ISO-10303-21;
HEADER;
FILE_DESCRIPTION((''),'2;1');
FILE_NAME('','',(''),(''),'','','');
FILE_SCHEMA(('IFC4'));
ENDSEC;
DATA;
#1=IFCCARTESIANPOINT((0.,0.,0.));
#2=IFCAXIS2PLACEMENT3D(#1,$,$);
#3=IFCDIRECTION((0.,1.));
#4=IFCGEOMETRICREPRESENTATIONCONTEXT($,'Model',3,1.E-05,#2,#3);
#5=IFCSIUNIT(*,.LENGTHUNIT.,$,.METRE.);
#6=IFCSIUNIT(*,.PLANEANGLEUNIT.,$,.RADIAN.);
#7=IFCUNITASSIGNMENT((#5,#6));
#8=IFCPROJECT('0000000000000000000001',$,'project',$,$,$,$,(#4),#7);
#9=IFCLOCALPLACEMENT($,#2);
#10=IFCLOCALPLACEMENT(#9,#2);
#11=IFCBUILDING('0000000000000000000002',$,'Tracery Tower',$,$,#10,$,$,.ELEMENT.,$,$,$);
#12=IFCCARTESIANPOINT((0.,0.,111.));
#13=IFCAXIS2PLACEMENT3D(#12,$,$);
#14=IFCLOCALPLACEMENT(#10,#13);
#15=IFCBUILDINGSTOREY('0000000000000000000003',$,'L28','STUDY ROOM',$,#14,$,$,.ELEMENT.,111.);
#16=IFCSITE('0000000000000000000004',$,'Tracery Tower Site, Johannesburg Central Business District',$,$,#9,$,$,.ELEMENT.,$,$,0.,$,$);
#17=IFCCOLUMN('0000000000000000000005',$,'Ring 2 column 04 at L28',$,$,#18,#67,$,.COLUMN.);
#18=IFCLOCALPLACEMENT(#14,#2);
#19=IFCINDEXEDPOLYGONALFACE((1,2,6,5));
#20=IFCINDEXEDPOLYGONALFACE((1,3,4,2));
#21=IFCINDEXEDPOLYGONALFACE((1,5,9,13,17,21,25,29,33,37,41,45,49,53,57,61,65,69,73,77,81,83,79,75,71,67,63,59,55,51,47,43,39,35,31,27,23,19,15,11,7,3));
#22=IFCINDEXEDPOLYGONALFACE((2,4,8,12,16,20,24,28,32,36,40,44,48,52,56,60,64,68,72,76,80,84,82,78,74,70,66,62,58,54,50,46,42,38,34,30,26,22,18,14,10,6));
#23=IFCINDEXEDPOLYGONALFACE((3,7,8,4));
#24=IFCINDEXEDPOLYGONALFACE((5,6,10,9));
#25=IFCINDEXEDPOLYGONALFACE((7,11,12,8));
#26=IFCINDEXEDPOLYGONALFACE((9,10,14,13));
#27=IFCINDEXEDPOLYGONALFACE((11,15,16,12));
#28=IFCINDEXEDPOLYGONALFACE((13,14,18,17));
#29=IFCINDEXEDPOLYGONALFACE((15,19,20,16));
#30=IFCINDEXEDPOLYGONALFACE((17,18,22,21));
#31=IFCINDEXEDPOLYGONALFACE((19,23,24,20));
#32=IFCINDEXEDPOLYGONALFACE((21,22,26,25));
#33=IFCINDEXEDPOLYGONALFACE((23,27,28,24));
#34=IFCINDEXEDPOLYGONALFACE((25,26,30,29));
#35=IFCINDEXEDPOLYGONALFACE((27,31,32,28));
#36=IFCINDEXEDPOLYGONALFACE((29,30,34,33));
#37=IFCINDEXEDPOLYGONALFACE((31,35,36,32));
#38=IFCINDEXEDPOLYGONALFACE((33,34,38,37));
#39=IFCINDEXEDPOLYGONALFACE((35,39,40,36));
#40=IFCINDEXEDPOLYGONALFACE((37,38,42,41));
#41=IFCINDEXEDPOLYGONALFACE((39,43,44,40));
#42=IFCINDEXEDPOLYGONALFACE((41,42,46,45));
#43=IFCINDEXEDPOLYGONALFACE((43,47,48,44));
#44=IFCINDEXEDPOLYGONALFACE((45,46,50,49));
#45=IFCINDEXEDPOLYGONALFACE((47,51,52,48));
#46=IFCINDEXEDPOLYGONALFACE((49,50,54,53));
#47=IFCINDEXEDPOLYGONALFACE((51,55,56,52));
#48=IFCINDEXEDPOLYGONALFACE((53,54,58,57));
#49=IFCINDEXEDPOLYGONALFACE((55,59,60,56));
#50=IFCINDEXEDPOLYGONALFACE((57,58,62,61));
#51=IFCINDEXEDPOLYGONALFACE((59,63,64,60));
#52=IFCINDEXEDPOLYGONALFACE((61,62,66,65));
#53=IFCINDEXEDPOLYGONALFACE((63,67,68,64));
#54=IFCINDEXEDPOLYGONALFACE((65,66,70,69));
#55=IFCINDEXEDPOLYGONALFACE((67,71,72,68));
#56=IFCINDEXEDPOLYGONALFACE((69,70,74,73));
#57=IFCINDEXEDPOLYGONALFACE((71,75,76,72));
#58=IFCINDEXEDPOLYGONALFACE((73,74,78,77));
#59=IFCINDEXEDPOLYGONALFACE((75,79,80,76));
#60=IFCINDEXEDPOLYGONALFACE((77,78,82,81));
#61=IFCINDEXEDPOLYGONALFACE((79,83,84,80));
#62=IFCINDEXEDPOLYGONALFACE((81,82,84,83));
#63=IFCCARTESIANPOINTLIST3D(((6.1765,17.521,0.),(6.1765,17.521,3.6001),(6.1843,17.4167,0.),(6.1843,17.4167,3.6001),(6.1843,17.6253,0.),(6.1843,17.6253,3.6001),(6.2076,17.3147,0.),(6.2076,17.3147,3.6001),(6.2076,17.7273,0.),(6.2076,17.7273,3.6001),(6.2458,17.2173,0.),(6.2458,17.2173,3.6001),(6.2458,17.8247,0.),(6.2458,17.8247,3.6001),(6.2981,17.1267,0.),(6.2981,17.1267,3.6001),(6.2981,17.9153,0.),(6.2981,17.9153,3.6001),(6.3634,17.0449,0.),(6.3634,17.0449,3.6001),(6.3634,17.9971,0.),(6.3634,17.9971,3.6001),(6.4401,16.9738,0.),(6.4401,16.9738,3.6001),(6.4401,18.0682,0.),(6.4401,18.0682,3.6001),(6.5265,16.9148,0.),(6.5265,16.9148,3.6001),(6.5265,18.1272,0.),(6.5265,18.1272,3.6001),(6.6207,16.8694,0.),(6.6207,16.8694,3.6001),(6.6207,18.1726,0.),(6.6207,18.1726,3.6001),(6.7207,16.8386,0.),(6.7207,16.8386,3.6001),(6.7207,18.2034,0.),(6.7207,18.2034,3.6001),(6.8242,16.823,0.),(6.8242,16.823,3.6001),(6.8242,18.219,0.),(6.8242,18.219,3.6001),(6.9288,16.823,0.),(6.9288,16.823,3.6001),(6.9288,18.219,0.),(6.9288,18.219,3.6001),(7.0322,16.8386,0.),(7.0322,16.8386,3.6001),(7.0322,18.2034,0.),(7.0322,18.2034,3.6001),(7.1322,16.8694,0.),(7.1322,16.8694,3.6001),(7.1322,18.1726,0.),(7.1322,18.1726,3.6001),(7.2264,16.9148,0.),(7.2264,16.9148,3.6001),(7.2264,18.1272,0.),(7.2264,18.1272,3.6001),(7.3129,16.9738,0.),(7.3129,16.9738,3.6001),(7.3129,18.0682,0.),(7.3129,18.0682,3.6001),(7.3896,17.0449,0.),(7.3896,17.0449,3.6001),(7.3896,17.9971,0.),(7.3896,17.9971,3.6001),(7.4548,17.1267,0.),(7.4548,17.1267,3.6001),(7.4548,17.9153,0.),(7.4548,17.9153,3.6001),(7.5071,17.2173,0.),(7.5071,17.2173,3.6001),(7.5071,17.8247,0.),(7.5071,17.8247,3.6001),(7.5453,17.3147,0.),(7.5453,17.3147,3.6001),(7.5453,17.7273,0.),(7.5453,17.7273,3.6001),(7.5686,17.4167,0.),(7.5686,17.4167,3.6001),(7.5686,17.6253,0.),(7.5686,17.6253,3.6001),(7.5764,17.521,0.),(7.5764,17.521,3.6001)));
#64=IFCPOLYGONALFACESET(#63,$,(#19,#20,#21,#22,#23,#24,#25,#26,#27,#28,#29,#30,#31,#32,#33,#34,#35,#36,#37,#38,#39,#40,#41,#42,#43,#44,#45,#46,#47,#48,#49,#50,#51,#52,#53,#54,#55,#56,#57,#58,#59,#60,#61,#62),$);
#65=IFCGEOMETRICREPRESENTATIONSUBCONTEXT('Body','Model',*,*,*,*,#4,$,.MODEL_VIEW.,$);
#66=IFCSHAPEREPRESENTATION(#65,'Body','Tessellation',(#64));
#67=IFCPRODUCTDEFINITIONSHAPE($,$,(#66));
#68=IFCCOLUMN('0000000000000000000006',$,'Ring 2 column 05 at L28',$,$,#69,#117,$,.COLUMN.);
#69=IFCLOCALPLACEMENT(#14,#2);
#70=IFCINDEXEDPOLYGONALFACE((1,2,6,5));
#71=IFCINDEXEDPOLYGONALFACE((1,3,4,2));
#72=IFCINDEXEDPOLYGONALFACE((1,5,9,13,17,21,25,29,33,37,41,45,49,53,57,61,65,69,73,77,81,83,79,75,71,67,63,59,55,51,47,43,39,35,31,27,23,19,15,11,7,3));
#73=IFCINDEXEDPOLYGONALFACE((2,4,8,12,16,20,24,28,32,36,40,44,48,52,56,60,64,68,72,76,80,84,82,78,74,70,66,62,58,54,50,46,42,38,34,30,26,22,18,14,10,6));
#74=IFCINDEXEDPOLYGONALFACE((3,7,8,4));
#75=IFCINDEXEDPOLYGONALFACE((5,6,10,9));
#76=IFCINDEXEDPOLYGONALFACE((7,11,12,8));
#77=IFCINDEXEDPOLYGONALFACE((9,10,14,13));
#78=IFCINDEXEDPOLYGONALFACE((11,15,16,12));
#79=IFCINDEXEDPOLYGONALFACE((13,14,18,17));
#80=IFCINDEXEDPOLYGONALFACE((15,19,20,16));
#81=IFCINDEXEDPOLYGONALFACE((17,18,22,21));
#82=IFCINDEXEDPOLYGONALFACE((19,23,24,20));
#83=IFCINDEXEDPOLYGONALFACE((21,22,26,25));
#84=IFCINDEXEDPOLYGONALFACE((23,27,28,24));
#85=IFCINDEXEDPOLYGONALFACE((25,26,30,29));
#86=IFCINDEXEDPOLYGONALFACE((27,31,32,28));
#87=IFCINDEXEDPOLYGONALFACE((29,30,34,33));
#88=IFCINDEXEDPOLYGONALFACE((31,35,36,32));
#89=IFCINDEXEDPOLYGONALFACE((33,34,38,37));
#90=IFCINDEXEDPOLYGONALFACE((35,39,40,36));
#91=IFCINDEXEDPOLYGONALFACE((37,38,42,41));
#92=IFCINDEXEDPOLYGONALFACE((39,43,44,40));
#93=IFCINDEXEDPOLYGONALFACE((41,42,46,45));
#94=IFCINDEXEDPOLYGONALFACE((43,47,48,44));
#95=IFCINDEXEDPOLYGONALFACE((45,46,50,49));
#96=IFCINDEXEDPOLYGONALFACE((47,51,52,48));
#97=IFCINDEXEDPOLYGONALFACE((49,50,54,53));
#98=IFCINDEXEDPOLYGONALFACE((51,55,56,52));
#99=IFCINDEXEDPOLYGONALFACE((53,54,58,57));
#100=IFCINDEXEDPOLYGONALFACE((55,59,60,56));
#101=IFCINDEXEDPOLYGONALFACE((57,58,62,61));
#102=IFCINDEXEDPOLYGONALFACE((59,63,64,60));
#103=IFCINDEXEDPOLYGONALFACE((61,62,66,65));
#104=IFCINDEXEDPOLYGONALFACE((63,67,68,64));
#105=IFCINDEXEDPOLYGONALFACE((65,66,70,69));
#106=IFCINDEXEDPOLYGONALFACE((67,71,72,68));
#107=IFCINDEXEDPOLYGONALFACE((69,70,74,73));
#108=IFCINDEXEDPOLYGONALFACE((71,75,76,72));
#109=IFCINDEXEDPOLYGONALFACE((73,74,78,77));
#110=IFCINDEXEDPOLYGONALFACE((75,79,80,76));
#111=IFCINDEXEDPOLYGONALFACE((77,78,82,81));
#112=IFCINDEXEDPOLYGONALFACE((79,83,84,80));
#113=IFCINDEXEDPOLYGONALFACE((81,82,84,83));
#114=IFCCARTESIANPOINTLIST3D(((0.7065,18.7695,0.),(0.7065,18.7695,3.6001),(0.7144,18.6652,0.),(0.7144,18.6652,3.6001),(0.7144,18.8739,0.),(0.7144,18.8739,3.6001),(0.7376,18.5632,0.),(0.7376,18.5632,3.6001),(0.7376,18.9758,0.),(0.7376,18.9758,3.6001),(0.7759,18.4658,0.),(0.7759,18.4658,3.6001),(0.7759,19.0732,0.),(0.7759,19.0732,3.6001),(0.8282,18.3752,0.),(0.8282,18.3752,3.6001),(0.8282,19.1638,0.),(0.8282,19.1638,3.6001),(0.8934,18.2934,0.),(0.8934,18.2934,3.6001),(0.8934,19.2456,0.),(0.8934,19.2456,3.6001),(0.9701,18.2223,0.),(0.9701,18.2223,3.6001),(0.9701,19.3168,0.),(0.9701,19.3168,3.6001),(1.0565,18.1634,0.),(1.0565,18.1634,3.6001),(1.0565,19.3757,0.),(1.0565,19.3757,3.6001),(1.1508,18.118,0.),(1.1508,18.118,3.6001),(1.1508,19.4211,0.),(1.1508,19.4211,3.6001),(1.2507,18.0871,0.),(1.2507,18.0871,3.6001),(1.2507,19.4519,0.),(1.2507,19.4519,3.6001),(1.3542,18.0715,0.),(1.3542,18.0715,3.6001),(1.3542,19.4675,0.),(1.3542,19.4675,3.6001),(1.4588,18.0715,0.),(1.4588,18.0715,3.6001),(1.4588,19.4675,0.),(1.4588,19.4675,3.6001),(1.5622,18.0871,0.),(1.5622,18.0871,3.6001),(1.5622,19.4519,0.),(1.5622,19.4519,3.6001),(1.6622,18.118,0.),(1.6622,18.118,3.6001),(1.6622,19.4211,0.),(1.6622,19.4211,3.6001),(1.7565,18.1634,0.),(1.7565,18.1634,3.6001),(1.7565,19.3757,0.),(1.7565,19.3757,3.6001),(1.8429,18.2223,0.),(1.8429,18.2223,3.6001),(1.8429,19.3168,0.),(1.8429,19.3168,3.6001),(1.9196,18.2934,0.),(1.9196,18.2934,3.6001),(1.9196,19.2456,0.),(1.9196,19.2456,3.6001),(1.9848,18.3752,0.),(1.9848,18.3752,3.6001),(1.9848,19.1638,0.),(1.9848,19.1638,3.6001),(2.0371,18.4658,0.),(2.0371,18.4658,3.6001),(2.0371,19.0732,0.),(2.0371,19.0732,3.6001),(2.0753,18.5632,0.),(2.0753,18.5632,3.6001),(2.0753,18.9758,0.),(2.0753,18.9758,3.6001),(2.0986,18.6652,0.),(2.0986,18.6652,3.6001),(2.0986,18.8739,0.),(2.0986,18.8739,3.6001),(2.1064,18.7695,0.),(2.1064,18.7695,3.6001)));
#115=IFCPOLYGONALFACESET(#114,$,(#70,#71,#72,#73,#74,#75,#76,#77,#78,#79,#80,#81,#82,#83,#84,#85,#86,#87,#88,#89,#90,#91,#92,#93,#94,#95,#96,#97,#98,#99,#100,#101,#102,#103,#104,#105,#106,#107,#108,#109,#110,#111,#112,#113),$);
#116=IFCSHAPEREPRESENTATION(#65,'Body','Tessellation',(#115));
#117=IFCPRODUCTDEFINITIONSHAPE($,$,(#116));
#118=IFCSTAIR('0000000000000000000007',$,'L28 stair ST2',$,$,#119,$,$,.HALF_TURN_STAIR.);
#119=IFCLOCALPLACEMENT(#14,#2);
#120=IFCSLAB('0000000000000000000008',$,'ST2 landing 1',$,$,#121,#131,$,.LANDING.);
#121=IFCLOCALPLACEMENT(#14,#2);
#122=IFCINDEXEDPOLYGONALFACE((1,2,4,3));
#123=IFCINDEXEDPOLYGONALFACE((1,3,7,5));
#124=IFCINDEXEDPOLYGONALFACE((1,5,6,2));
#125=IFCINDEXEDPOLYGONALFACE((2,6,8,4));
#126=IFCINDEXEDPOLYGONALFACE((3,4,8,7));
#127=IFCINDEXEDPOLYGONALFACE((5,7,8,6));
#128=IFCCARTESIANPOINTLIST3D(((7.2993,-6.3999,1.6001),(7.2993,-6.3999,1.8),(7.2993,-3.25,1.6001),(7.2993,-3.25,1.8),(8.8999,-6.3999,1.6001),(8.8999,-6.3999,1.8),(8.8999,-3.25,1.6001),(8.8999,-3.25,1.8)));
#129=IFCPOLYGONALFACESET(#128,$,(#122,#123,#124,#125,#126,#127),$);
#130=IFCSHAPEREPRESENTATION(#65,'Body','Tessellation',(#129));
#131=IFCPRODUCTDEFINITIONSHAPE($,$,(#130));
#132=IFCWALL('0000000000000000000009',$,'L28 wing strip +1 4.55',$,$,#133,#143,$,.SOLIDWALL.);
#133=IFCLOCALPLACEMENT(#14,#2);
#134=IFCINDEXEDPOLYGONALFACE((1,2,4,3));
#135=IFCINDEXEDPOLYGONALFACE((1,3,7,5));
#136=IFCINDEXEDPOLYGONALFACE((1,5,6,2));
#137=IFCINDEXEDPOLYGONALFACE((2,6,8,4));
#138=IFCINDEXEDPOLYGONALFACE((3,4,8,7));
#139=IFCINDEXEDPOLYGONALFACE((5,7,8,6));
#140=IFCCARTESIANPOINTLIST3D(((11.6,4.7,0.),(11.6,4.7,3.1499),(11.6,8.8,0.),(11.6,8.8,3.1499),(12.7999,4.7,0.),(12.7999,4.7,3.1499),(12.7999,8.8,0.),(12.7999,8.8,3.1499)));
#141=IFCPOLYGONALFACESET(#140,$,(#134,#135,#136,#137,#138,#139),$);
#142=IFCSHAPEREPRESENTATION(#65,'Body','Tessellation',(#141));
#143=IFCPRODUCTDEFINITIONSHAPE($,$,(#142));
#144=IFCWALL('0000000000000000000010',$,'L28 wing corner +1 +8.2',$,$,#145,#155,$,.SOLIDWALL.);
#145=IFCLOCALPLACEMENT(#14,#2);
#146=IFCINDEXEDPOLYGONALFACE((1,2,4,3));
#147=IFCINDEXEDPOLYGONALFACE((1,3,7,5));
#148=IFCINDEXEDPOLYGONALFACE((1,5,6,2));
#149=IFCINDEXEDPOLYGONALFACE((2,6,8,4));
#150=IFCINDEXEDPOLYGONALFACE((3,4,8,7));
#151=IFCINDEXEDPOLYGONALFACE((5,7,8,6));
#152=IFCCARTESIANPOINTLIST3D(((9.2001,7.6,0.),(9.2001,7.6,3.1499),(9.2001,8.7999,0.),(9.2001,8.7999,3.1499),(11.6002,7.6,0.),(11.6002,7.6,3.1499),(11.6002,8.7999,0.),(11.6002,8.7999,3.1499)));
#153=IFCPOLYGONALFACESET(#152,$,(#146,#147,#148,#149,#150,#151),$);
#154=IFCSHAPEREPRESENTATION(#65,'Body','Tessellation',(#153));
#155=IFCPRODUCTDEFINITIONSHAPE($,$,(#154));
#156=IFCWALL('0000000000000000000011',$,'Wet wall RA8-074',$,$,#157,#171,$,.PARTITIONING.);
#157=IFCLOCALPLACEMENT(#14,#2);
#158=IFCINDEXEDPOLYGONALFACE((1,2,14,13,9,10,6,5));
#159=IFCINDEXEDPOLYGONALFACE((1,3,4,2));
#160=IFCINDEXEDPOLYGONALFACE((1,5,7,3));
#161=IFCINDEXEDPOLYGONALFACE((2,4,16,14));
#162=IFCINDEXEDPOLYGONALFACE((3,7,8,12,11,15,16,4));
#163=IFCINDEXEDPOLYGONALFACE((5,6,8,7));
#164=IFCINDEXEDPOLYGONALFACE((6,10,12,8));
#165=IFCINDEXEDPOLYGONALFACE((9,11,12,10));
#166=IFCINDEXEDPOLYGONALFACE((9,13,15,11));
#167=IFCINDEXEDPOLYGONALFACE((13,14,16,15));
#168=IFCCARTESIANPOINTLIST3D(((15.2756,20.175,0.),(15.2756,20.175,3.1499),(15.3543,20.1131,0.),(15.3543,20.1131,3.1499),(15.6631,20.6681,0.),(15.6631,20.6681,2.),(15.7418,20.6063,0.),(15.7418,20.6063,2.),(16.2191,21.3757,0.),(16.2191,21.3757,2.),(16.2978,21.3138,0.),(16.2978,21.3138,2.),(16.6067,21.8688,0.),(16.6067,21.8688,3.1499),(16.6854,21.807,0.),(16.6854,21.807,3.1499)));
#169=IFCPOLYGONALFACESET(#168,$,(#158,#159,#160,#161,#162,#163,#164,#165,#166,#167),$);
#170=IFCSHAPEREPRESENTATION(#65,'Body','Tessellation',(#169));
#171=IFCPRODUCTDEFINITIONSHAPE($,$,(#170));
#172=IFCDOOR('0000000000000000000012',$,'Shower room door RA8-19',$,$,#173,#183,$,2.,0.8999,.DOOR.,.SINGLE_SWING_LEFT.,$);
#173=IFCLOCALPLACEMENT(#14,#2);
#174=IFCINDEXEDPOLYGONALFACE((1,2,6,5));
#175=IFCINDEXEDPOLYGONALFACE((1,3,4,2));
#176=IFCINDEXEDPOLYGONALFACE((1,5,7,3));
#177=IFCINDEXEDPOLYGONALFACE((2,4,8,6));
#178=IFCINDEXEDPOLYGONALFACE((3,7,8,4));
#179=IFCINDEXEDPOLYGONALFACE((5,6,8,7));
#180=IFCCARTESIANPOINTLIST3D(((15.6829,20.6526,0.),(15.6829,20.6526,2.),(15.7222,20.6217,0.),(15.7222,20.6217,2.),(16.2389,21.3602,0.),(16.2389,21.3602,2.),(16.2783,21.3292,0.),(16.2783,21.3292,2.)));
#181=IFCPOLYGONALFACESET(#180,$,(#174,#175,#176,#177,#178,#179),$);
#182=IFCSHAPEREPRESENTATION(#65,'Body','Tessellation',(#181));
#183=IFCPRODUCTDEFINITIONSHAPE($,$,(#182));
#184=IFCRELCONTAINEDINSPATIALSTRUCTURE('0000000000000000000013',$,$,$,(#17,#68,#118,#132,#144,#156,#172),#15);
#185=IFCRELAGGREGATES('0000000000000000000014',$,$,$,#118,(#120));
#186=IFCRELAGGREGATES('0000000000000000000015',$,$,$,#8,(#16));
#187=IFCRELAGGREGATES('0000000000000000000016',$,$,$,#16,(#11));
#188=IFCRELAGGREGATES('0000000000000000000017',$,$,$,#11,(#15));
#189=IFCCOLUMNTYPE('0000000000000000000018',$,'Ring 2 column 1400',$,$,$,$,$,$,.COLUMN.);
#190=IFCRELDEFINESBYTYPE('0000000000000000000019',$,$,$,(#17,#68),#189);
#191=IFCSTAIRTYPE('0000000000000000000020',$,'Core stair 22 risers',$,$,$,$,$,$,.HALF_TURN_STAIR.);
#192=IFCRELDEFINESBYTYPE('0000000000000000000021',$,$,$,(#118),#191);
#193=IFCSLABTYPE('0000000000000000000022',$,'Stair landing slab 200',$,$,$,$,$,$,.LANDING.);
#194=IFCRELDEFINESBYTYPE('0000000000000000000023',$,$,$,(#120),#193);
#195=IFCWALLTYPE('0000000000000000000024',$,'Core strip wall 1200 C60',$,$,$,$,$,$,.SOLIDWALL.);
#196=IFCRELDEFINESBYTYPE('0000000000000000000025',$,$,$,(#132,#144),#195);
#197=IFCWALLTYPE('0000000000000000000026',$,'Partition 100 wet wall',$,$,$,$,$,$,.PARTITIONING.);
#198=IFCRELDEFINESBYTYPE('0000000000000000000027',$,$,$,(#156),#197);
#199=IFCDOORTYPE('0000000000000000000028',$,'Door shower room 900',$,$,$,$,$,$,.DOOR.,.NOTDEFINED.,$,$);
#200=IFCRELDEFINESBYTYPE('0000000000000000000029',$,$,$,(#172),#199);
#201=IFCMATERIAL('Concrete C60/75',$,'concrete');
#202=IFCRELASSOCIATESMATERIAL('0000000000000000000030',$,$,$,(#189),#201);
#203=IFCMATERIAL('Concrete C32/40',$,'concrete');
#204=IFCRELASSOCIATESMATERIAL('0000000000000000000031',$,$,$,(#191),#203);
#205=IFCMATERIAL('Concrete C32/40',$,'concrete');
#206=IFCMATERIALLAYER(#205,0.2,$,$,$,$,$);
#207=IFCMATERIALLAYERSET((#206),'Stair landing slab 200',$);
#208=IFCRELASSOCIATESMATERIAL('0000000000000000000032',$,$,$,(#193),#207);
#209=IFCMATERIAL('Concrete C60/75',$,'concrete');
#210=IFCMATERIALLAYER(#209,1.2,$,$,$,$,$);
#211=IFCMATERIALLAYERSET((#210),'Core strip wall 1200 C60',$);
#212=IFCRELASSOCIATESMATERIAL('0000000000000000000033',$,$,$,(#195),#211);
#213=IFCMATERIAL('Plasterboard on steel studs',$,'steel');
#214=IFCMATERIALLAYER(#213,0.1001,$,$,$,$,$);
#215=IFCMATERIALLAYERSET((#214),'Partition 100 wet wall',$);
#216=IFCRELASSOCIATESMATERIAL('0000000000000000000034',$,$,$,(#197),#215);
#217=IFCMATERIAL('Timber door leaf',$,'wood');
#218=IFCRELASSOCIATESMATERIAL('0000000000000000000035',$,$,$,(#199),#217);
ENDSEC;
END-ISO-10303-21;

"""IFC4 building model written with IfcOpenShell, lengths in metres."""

from ifc_helpers import new_model, si_unit, direction, frame, frame_2d, origin, origin_2d, place, context, subcontext, project, spatial, polyline, rectangle, circle, outline, extrude, material, layer, layer_set, material_profile, profile_set, type_object, element, fill, aggregate, save


model = new_model("IFC4")

# Units and contexts
model_context = context("Model", 3, precision=1e-05, world=origin(), true_north=direction((0.0, 1.0)))
body_context = subcontext(model_context, "Body", "Model", "MODEL_VIEW")
ifc_project = project(units=[si_unit("LENGTHUNIT", "METRE"), si_unit("PLANEANGLEUNIT", "RADIAN")], contexts=[model_context])

# Site, building, storey
site_placement = place(None, origin())
site = spatial("IfcSite", under=ifc_project, at=site_placement, Name="Tracery Tower Site, Johannesburg Central Business District", CompositionType="ELEMENT", RefElevation=0.0)
building_placement = place(site_placement, origin())
building = spatial("IfcBuilding", under=site, at=building_placement, Name="Tracery Tower", CompositionType="ELEMENT")
storey_placement = place(building_placement, frame((0.0, 0.0, 111.0)))
storey = spatial("IfcBuildingStorey", under=building, at=storey_placement, Name="L28", Description="STUDY ROOM", CompositionType="ELEMENT", Elevation=111.0)

# Columns
ifc_material_1 = material(Name="Concrete C60/75", Category="concrete")
ifc_material_profile_1 = material_profile(ifc_material_1, circle(Radius=0.7, at=origin_2d()), Name="RC D1400")
ifc_profile_set_1 = profile_set([ifc_material_profile_1], Name="Concrete C60/75")
column_type_1 = type_object("IfcColumnType", Name="Ring 2 column 1400", PredefinedType="COLUMN", material=ifc_profile_set_1)
for number, where, z_axis, x_axis, name in (
    (1, (6.8765, 17.521, 0.0), (0.0, 0.0, 1.0), (1.0, 0.0, 0.0), "Ring 2 column 04 at L28"),
    (2, (1.4065, 18.7695, 0.0), (0.0, 0.0, 1.0), (1.0, 0.0, 0.0), "Ring 2 column 05 at L28"),
):
    element("IfcColumn", number, at=place(storey_placement, frame(where, z_axis=z_axis, x_axis=x_axis)), inside=storey, type_object=column_type_1, Name=name, PredefinedType="COLUMN", context=body_context, shape_type="SweptSolid", body=[
        extrude(circle(Radius=0.7, at=origin_2d()), origin(), (0.0, 0.0, 1.0), 3.6001),
    ])

# Stair, slab
ifc_material_2 = material(Name="Concrete C32/40", Category="concrete")
stair_type = type_object("IfcStairType", Name="Core stair 22 risers", PredefinedType="HALF_TURN_STAIR", material=ifc_material_2)
stair_placement = place(storey_placement, origin())
stair = element("IfcStair", 3, at=stair_placement, inside=storey, type_object=stair_type, Name="L28 stair ST2", PredefinedType="HALF_TURN_STAIR")
ifc_material_3 = material(Name="Concrete C32/40", Category="concrete")
ifc_layer_1 = layer(ifc_material_3, 0.2)
ifc_layer_set_1 = layer_set([ifc_layer_1], Name="Stair landing slab 200")
slab_type = type_object("IfcSlabType", Name="Stair landing slab 200", PredefinedType="LANDING", material=ifc_layer_set_1)
slab_placement = place(storey_placement, frame((0.0, 0.0, 1.6001)))
slab = element("IfcSlab", 4, at=slab_placement, type_object=slab_type, Name="ST2 landing 1", PredefinedType="LANDING", context=body_context, shape_type="SweptSolid", body=[
    extrude(outline(polyline([(7.2993, -6.3999), (8.8999, -6.3999), (8.8999, -3.25), (7.2993, -3.25), (7.2993, -6.3999)])), origin(), (0.0, 0.0, 1.0), 0.2),
])
aggregate(stair, [slab])

# Walls
ifc_material_4 = material(Name="Concrete C60/75", Category="concrete")
ifc_layer_2 = layer(ifc_material_4, 1.2)
ifc_layer_set_2 = layer_set([ifc_layer_2], Name="Core strip wall 1200 C60")
wall_type_1 = type_object("IfcWallType", Name="Core strip wall 1200 C60", PredefinedType="SOLIDWALL", material=ifc_layer_set_2)
wall_1_placement = place(storey_placement, frame((12.2, 4.7, 0.0), z_axis=(0.0, 0.0, 1.0), x_axis=(0.0, 1.0, 0.0)))
element("IfcWall", 5, at=wall_1_placement, inside=storey, type_object=wall_type_1, Name="L28 wing strip +1 4.55", PredefinedType="SOLIDWALL", context=body_context, shape_type="SweptSolid", body=[
    extrude(rectangle(XDim=4.1001, YDim=1.2, at=frame_2d((2.05, 0.0))), origin(), (0.0, 0.0, 1.0), 3.1499),
])
wall_2_placement = place(storey_placement, frame((9.2, 8.2, 0.0), z_axis=(0.0, 0.0, 1.0), x_axis=(1.0, 0.0, 0.0)))
element("IfcWall", 6, at=wall_2_placement, inside=storey, type_object=wall_type_1, Name="L28 wing corner +1 +8.2", PredefinedType="SOLIDWALL", context=body_context, shape_type="SweptSolid", body=[
    extrude(rectangle(XDim=2.4001, YDim=1.2, at=frame_2d((1.2002, 0.0))), origin(), (0.0, 0.0, 1.0), 3.1499),
])

# Wall, opening, door
ifc_material_5 = material(Name="Plasterboard on steel studs", Category="steel")
ifc_layer_3 = layer(ifc_material_5, 0.1001)
ifc_layer_set_3 = layer_set([ifc_layer_3], Name="Partition 100 wet wall")
wall_type_2 = type_object("IfcWallType", Name="Partition 100 wet wall", PredefinedType="PARTITIONING", material=ifc_layer_set_3)
wall_3_placement = place(storey_placement, frame((15.3149, 20.144, 0.0), z_axis=(0.0, 0.0, 1.0), x_axis=(0.617872, 0.786279, 0.0)))
wall_3 = element("IfcWall", 7, at=wall_3_placement, inside=storey, type_object=wall_type_2, Name="Wet wall RA8-074", PredefinedType="PARTITIONING", context=body_context, shape_type="SweptSolid", body=[
    extrude(rectangle(XDim=2.1543, YDim=0.1001, at=frame_2d((1.0771, 0.0))), origin(), (0.0, 0.0, 1.0), 3.1499),
])
opening_1_placement = place(wall_3_placement, frame((0.6272, 0.0, 0.0)))
opening_1 = element("IfcOpeningElement", 8, at=opening_1_placement, cuts=wall_3, PredefinedType="OPENING", context=body_context, shape_type="SweptSolid", body=[
    extrude(rectangle(XDim=0.8999, YDim=2.0, at=frame_2d((0.45, 1.0))), frame((0.0, 0.05, 0.0), z_axis=(0.0, -1.0, 0.0), x_axis=(1.0, 0.0, 0.0)), (0.0, 0.0, 1.0), 0.1001),
])
ifc_material_6 = material(Name="Timber door leaf", Category="wood")
door_type_1 = type_object("IfcDoorType", Name="Door shower room 900", OperationType="NOTDEFINED", PredefinedType="DOOR", material=ifc_material_6)
door_1_placement = place(opening_1_placement, origin())
door_1 = element("IfcDoor", 9, at=door_1_placement, inside=storey, type_object=door_type_1, Name="Shower room door RA8-19", OperationType="SINGLE_SWING_LEFT", OverallHeight=2.0, OverallWidth=0.8999, PredefinedType="DOOR", context=body_context, shape_type="SweptSolid", body=[
    extrude(rectangle(XDim=0.8999, YDim=2.0, at=frame_2d((0.45, 1.0))), frame((0.0, 0.0249, 0.0), z_axis=(0.0, -1.0, 0.0), x_axis=(1.0, 0.0, 0.0)), (0.0, 0.0, 1.0), 0.05),
])
fill(opening_1, door_1)

save(model, "model.ifc")
